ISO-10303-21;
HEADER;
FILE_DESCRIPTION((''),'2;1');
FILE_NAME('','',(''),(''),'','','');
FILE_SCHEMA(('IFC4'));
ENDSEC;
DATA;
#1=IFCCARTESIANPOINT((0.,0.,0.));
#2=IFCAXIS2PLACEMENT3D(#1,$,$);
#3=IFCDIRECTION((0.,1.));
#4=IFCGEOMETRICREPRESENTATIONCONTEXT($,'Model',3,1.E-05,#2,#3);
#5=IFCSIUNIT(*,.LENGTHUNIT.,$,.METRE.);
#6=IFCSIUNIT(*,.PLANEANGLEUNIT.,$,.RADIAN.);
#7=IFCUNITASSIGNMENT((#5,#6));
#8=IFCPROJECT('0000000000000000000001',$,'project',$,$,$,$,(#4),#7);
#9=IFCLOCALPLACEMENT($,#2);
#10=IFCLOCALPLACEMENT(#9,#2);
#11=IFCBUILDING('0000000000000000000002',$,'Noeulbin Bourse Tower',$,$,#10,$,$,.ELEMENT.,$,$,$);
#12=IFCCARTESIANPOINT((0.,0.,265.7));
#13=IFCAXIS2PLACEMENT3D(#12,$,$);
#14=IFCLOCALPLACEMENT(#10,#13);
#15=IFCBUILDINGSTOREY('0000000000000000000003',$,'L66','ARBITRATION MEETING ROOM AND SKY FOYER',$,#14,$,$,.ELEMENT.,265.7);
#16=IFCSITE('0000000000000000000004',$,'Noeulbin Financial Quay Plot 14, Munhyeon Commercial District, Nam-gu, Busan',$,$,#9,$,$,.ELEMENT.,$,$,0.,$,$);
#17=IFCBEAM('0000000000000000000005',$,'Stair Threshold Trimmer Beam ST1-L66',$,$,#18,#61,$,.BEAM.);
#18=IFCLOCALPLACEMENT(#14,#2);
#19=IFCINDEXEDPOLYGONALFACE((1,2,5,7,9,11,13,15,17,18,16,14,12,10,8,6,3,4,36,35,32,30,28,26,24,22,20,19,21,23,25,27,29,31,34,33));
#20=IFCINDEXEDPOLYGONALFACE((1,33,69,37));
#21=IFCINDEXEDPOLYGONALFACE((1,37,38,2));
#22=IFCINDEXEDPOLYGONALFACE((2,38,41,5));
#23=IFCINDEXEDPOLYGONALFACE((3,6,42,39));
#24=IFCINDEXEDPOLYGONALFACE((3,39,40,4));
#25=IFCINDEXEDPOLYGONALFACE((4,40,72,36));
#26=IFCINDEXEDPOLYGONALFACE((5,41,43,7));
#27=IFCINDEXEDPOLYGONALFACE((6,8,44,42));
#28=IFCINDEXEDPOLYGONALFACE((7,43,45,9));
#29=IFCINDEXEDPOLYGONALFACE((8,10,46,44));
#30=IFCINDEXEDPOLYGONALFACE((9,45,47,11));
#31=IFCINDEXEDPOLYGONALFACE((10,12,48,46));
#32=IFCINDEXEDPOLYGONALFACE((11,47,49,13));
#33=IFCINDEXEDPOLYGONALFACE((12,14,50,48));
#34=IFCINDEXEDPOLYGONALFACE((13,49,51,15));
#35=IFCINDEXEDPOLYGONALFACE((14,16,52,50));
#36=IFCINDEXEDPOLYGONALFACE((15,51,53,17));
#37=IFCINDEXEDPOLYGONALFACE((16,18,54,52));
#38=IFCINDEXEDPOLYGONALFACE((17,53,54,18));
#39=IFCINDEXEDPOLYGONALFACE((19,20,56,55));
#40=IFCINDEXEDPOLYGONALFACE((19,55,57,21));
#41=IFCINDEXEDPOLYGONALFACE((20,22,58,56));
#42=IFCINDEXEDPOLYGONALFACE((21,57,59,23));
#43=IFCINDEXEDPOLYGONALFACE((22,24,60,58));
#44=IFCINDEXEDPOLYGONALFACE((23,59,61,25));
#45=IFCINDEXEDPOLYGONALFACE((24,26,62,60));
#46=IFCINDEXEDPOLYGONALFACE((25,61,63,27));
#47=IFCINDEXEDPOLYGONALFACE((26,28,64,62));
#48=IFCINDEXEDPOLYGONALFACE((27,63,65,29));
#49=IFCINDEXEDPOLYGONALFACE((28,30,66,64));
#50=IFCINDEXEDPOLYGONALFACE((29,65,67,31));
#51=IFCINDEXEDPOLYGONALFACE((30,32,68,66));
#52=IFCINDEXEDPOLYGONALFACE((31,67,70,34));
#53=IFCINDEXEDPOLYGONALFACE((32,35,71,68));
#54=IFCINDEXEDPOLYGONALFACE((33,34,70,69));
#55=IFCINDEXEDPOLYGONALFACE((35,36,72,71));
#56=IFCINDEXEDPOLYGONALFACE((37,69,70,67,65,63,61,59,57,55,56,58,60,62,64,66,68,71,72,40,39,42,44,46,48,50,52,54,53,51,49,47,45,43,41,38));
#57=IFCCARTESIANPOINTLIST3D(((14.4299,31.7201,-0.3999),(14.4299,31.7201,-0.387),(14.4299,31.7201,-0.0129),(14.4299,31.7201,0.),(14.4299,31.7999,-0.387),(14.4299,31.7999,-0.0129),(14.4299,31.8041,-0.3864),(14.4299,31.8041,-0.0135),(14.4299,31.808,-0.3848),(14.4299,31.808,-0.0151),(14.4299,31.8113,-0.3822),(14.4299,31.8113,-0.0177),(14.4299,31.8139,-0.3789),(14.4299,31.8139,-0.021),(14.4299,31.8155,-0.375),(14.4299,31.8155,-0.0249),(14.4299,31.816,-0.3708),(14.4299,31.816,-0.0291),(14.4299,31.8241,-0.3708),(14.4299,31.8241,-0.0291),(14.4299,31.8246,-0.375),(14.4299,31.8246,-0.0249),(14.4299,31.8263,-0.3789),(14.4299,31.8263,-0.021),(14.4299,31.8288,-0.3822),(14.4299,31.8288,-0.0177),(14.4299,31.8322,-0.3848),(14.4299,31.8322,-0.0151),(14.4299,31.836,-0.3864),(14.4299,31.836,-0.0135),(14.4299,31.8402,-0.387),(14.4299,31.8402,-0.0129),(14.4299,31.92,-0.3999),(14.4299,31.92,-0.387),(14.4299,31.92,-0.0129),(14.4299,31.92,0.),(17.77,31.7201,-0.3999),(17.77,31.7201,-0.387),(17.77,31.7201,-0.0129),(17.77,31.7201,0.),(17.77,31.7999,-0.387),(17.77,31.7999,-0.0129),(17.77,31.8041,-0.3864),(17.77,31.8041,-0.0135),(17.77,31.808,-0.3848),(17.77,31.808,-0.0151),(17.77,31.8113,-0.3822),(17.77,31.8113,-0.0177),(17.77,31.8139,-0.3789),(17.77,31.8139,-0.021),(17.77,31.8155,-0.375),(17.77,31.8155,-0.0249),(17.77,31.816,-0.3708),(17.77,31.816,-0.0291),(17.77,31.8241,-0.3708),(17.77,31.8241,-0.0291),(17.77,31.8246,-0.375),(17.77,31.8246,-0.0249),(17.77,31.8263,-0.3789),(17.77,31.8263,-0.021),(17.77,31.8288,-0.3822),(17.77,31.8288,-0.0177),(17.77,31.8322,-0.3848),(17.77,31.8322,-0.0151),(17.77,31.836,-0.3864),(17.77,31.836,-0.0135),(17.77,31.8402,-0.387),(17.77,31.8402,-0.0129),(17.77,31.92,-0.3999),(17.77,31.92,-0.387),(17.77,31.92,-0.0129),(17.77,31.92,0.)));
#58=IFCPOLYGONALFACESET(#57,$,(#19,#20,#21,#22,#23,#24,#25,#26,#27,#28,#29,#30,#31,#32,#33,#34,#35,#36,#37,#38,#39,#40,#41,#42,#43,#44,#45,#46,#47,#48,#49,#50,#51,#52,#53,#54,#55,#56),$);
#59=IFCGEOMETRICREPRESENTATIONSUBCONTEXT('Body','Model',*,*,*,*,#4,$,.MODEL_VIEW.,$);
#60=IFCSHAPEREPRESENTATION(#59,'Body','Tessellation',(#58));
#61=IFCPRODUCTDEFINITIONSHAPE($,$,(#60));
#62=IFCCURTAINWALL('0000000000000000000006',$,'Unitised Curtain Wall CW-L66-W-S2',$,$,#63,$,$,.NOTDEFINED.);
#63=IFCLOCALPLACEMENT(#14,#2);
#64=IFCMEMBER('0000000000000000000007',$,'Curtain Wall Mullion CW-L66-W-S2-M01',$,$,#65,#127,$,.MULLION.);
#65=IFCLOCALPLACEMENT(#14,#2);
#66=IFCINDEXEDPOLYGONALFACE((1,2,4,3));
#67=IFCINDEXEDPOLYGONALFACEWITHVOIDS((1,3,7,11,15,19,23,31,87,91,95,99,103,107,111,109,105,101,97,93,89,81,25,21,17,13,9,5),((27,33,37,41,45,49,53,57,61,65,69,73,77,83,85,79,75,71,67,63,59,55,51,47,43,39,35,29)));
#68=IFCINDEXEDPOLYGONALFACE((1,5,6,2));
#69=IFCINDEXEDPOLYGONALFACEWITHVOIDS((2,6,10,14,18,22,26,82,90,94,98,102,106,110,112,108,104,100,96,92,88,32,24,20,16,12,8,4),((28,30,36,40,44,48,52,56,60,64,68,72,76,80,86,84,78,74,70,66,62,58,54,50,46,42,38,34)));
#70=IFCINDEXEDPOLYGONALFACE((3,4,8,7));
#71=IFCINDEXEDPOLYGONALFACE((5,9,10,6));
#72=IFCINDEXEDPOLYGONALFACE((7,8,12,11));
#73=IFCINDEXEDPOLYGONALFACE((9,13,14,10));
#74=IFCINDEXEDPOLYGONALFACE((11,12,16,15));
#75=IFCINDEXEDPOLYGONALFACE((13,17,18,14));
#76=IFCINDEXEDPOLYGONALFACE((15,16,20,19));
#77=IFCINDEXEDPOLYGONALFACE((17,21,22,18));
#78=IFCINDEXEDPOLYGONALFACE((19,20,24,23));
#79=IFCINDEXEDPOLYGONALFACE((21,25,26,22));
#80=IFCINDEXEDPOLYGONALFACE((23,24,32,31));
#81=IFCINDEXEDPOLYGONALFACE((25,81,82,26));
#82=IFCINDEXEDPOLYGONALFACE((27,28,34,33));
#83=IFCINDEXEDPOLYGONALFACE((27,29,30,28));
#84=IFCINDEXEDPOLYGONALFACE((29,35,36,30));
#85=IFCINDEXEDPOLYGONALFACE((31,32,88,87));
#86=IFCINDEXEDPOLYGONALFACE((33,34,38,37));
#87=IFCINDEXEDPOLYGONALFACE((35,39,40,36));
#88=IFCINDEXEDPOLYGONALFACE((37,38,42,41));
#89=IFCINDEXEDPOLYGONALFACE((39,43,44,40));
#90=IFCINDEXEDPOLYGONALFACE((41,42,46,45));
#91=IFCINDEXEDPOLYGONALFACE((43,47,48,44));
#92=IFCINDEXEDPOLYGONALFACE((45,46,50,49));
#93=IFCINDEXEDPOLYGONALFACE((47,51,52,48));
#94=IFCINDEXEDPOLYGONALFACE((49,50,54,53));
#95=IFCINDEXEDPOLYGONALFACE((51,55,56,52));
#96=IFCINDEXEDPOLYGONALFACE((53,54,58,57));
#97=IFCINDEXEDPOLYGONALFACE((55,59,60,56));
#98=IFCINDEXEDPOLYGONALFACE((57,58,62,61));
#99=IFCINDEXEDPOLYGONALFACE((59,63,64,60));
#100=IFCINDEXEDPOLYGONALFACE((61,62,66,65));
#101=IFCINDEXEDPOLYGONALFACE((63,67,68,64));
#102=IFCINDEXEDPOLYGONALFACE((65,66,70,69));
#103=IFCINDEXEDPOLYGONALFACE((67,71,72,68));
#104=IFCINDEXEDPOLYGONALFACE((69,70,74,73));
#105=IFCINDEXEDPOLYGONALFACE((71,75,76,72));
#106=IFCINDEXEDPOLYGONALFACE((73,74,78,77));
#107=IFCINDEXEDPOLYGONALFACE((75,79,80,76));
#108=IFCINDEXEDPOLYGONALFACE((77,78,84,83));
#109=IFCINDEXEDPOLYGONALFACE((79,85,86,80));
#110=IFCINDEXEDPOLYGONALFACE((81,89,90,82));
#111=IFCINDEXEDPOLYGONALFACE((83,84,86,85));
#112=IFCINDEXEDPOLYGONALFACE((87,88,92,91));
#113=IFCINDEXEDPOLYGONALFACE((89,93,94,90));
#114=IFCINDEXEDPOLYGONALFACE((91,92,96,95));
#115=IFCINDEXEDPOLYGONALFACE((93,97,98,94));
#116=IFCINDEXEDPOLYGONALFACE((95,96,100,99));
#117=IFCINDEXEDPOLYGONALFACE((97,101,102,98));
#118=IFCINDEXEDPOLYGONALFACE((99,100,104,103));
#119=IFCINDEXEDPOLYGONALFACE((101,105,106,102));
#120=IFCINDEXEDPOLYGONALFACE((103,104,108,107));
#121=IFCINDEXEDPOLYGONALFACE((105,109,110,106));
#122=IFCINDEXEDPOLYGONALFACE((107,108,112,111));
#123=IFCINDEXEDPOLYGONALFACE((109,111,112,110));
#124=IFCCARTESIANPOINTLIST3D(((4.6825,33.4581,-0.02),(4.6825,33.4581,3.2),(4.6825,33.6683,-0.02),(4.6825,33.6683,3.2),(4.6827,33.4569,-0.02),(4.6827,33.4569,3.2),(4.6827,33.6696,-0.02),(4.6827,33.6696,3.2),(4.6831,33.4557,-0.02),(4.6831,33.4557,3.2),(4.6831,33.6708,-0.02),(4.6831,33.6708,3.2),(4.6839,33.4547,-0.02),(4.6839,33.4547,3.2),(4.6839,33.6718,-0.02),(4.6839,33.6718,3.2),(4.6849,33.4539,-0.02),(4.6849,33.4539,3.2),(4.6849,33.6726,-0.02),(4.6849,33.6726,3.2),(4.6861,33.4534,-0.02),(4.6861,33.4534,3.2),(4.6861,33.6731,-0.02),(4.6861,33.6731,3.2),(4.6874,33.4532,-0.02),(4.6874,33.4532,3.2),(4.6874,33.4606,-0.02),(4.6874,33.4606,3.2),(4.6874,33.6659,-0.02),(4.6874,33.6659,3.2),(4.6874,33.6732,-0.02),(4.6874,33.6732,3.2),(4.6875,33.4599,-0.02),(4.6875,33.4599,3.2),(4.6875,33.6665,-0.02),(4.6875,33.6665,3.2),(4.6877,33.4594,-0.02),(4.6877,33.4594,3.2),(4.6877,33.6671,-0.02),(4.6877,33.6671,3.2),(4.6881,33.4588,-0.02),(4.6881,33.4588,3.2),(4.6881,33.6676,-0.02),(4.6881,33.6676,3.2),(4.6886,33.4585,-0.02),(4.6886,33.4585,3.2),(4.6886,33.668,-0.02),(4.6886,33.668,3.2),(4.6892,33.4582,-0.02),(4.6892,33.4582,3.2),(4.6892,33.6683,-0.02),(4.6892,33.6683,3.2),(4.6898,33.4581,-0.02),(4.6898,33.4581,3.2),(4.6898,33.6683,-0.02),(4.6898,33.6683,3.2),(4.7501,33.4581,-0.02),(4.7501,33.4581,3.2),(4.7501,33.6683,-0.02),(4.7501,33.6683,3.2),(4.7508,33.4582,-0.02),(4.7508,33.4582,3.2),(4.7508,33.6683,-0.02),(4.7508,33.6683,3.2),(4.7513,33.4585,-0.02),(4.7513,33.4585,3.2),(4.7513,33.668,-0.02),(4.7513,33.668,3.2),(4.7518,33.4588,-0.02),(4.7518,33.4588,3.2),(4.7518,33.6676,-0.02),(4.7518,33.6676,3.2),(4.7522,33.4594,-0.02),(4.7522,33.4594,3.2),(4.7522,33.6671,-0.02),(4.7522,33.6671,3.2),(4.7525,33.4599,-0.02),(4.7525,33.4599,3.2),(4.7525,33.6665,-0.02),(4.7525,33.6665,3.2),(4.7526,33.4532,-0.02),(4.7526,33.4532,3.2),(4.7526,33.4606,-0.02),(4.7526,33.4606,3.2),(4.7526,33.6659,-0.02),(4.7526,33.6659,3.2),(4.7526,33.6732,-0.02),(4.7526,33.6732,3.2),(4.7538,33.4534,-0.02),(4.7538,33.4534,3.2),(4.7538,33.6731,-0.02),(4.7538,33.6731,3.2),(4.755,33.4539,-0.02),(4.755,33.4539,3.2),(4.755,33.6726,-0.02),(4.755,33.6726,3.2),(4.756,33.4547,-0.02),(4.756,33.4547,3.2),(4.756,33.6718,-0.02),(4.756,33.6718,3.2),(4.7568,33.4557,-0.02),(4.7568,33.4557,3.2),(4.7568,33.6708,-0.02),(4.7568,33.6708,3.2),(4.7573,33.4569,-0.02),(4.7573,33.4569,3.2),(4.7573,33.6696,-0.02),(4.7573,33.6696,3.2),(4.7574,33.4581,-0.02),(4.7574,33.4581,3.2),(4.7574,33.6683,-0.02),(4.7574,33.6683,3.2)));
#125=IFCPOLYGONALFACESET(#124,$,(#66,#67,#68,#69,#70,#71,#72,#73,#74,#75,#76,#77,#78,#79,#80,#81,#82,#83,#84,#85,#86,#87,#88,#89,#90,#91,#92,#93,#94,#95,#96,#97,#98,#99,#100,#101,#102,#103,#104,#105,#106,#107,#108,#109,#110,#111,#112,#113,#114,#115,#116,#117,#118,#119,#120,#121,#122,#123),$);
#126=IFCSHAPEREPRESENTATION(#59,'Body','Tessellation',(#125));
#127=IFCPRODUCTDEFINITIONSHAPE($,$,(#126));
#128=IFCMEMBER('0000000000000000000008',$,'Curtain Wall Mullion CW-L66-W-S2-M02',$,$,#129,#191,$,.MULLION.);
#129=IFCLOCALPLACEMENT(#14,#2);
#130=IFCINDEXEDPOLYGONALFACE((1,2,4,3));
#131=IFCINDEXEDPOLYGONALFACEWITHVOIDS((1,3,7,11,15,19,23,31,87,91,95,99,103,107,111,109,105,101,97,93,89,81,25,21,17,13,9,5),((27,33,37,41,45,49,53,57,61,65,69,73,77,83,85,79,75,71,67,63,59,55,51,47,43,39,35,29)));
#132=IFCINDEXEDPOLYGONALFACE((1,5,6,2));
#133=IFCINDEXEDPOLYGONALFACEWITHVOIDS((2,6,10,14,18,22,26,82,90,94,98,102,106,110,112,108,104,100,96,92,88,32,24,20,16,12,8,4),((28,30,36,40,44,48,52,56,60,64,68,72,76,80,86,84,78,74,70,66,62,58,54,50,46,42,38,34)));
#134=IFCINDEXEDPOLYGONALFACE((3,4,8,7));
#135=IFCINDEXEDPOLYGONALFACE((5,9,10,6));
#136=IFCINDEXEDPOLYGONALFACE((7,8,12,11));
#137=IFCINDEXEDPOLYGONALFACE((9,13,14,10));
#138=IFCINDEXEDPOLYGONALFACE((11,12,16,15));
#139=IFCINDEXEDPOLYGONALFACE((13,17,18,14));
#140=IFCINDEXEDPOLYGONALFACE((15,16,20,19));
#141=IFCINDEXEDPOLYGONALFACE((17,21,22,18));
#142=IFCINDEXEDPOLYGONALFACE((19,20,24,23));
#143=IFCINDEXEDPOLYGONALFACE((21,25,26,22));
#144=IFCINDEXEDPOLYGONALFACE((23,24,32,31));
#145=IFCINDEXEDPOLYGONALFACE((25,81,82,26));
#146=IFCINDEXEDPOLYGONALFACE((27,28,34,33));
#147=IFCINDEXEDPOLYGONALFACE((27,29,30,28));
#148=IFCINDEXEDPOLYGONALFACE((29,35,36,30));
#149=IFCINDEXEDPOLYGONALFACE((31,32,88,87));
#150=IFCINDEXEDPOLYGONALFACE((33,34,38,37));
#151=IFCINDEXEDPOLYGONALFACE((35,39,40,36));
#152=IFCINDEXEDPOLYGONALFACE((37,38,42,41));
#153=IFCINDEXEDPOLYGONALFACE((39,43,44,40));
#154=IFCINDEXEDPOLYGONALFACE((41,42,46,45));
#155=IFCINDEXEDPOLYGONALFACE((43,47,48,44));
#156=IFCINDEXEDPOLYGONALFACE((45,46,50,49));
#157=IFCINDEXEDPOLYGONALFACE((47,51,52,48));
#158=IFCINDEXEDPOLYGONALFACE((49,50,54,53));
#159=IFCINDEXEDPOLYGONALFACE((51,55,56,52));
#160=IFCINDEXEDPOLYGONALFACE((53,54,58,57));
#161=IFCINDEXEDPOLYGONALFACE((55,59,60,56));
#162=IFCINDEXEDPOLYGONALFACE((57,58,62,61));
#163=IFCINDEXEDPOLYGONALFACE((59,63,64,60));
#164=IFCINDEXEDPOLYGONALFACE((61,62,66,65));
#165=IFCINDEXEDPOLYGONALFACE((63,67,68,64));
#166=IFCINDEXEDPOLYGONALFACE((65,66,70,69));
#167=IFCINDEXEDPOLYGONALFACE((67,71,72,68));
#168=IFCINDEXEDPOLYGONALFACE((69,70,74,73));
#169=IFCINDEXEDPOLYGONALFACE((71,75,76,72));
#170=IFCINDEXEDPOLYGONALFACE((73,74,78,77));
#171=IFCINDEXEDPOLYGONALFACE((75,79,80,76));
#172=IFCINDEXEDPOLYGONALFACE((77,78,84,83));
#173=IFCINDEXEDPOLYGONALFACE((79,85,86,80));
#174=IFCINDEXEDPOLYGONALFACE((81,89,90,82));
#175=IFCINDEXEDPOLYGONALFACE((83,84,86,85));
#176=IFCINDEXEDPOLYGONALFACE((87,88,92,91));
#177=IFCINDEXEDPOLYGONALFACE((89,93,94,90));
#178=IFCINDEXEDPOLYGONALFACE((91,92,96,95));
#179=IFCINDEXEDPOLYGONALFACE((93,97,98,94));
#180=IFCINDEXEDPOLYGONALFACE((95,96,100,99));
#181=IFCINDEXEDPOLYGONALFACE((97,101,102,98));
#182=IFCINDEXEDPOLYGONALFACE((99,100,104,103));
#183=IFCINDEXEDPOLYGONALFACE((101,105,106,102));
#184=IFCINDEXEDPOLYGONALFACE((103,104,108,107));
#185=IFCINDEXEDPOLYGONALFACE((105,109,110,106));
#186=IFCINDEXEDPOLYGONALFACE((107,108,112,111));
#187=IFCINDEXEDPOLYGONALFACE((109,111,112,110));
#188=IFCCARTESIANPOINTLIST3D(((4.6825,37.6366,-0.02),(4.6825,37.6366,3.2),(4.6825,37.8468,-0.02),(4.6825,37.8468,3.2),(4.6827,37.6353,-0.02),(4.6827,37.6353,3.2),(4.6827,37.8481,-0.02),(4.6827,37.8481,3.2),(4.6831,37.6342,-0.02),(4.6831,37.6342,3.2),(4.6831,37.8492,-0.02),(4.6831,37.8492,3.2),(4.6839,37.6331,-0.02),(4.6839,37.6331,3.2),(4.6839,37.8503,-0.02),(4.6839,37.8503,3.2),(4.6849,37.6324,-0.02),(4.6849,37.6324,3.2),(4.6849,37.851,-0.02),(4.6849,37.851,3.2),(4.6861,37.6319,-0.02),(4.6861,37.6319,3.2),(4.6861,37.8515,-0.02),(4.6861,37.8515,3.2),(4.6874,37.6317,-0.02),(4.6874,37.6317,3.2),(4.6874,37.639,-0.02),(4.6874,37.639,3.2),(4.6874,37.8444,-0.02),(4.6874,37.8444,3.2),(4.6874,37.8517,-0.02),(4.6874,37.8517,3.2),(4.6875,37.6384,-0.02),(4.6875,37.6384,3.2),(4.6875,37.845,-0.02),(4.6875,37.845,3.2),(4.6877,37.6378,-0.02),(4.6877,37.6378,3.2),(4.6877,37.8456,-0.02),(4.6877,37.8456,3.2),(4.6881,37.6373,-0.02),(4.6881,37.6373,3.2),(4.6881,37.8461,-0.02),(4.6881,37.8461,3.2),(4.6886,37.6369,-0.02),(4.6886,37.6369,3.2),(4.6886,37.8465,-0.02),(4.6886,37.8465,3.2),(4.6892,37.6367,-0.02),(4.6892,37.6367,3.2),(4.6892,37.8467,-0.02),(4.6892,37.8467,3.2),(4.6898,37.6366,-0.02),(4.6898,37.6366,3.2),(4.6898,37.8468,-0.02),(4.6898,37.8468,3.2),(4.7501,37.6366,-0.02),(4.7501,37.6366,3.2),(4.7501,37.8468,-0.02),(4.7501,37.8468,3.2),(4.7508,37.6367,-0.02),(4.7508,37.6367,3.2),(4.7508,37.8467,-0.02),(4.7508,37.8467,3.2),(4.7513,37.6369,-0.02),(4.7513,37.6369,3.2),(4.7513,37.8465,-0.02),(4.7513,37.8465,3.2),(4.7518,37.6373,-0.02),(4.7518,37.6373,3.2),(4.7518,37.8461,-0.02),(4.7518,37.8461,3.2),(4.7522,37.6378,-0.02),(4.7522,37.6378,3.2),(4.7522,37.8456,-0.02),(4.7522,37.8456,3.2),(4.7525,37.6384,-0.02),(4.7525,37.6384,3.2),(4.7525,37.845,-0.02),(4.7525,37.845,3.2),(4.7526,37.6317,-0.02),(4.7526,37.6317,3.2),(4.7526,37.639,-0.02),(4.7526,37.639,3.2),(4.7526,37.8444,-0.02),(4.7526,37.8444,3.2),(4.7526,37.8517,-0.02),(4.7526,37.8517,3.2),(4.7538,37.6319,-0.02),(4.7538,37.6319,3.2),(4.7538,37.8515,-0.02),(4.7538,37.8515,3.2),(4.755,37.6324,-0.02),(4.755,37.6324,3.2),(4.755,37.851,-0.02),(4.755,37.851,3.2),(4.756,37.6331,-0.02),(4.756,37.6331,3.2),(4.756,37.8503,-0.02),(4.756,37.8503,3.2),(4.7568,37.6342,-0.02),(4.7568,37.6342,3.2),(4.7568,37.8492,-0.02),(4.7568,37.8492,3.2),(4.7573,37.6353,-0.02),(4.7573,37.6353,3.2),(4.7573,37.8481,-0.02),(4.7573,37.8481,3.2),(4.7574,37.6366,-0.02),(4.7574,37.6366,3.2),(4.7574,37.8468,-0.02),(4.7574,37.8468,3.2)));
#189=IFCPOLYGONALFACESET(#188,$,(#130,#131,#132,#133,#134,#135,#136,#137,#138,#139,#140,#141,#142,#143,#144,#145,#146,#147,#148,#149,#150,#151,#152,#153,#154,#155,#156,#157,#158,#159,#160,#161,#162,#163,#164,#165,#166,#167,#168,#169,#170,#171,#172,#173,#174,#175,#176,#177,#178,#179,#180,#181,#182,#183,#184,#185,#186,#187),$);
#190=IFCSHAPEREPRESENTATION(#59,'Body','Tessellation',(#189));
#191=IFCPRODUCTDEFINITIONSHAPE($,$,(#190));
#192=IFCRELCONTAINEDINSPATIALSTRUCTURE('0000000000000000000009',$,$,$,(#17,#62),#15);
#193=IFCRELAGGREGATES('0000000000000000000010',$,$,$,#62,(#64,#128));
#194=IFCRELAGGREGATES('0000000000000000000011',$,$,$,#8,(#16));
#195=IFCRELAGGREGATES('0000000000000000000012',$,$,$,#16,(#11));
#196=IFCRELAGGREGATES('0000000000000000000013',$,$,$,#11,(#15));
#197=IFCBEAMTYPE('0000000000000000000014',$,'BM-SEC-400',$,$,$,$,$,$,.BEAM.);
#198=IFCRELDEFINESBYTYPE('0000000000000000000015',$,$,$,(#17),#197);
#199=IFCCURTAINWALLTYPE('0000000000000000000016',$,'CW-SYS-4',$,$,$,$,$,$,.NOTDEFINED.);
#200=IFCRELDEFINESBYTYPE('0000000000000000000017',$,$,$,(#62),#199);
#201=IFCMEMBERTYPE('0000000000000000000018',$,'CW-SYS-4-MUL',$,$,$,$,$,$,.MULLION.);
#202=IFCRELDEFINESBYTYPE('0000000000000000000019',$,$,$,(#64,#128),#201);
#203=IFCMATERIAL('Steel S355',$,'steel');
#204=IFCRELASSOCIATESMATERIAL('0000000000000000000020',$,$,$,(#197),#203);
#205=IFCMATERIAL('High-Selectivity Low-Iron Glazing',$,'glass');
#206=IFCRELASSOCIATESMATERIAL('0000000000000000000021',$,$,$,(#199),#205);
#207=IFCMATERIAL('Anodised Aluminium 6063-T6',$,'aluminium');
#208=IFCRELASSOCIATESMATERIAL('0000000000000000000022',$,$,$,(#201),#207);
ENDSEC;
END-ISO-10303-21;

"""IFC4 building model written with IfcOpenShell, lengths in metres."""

from ifc_helpers import new_model, si_unit, direction, frame, origin, origin_2d, place, context, subcontext, project, spatial, hollow_rectangle, i_section, extrude, material, material_profile, profile_set, type_object, element, aggregate, save


model = new_model("IFC4")

# Units and contexts
model_context = context("Model", 3, precision=1e-05, world=origin(), true_north=direction((0.0, 1.0)))
body_context = subcontext(model_context, "Body", "Model", "MODEL_VIEW")
ifc_project = project(units=[si_unit("LENGTHUNIT", "METRE"), si_unit("PLANEANGLEUNIT", "RADIAN")], contexts=[model_context])

# Site, building, storey
site_placement = place(None, origin())
site = spatial("IfcSite", under=ifc_project, at=site_placement, Name="Noeulbin Financial Quay Plot 14, Munhyeon Commercial District, Nam-gu, Busan", CompositionType="ELEMENT", RefElevation=0.0)
building_placement = place(site_placement, origin())
building = spatial("IfcBuilding", under=site, at=building_placement, Name="Noeulbin Bourse Tower", CompositionType="ELEMENT")
storey_placement = place(building_placement, frame((0.0, 0.0, 265.7)))
storey = spatial("IfcBuildingStorey", under=building, at=storey_placement, Name="L66", Description="ARBITRATION MEETING ROOM AND SKY FOYER", CompositionType="ELEMENT", Elevation=265.7)

# Shared definitions
ifc_material_1 = material(Name="Steel S355", Category="steel")

# Beam
ifc_material_profile_1 = material_profile(ifc_material_1, i_section(OverallWidth=0.2, OverallDepth=0.3999, WebThickness=0.0081, FlangeThickness=0.0129, FilletRadius=0.0161, at=origin_2d()), Name="H-400x200x8x13", Category="LoadBearing")
ifc_profile_set_1 = profile_set([ifc_material_profile_1], Name="Steel S355")
beam_type_1 = type_object("IfcBeamType", Name="BM-SEC-400", PredefinedType="BEAM", material=ifc_profile_set_1)
beam_1_placement = place(storey_placement, frame((14.4299, 31.8201, -0.2), z_axis=(1.0, 0.0, 0.0), x_axis=(0.0, 1.0, 0.0)))
element("IfcBeam", 1, at=beam_1_placement, inside=storey, type_object=beam_type_1, Name="Stair Threshold Trimmer Beam ST1-L66", PredefinedType="BEAM", context=body_context, shape_type="SweptSolid", body=[
    extrude(i_section(OverallWidth=0.2, OverallDepth=0.3999, WebThickness=0.0081, FlangeThickness=0.0129, FilletRadius=0.0161, at=origin_2d()), origin(), (0.0, 0.0, 1.0), 3.3401),
])

# Curtain wall, members
ifc_material_2 = material(Name="High-Selectivity Low-Iron Glazing", Category="glass")
curtain_wall_type = type_object("IfcCurtainWallType", Name="CW-SYS-4", PredefinedType="NOTDEFINED", material=ifc_material_2)
curtain_wall_placement = place(storey_placement, origin())
curtain_wall = element("IfcCurtainWall", 2, at=curtain_wall_placement, inside=storey, type_object=curtain_wall_type, Name="Unitised Curtain Wall CW-L66-W-S2", PredefinedType="NOTDEFINED")
ifc_material_3 = material(Name="Anodised Aluminium 6063-T6", Category="aluminium")
ifc_material_profile_2 = material_profile(ifc_material_3, hollow_rectangle(XDim=0.075, YDim=0.22, WallThickness=0.0049, InnerFilletRadius=0.0024, OuterFilletRadius=0.0049, at=origin_2d()), Name="ALU-MULL-75x220x5", Category="LoadBearing")
ifc_profile_set_2 = profile_set([ifc_material_profile_2], Name="Anodised Aluminium 6063-T6")
member_type_1 = type_object("IfcMemberType", Name="CW-SYS-4-MUL", PredefinedType="MULLION", material=ifc_profile_set_2)
member_1_placement = place(storey_placement, frame((4.72, 33.5632, -0.02), z_axis=(0.0, 0.0, 1.0), x_axis=(1.0, 0.0, 0.0)))
member_1 = element("IfcMember", 3, at=member_1_placement, type_object=member_type_1, Name="Curtain Wall Mullion CW-L66-W-S2-M01", PredefinedType="MULLION", context=body_context, shape_type="SweptSolid", body=[
    extrude(hollow_rectangle(XDim=0.075, YDim=0.22, WallThickness=0.0049, InnerFilletRadius=0.0024, OuterFilletRadius=0.0049, at=origin_2d()), origin(), (0.0, 0.0, 1.0), 3.22),
])
member_2_placement = place(storey_placement, frame((4.72, 37.7417, -0.02), z_axis=(0.0, 0.0, 1.0), x_axis=(1.0, 0.0, 0.0)))
member_2 = element("IfcMember", 4, at=member_2_placement, type_object=member_type_1, Name="Curtain Wall Mullion CW-L66-W-S2-M02", PredefinedType="MULLION", context=body_context, shape_type="SweptSolid", body=[
    extrude(hollow_rectangle(XDim=0.075, YDim=0.22, WallThickness=0.0049, InnerFilletRadius=0.0024, OuterFilletRadius=0.0049, at=origin_2d()), origin(), (0.0, 0.0, 1.0), 3.22),
])
aggregate(curtain_wall, [member_1, member_2])

save(model, "model.ifc")
